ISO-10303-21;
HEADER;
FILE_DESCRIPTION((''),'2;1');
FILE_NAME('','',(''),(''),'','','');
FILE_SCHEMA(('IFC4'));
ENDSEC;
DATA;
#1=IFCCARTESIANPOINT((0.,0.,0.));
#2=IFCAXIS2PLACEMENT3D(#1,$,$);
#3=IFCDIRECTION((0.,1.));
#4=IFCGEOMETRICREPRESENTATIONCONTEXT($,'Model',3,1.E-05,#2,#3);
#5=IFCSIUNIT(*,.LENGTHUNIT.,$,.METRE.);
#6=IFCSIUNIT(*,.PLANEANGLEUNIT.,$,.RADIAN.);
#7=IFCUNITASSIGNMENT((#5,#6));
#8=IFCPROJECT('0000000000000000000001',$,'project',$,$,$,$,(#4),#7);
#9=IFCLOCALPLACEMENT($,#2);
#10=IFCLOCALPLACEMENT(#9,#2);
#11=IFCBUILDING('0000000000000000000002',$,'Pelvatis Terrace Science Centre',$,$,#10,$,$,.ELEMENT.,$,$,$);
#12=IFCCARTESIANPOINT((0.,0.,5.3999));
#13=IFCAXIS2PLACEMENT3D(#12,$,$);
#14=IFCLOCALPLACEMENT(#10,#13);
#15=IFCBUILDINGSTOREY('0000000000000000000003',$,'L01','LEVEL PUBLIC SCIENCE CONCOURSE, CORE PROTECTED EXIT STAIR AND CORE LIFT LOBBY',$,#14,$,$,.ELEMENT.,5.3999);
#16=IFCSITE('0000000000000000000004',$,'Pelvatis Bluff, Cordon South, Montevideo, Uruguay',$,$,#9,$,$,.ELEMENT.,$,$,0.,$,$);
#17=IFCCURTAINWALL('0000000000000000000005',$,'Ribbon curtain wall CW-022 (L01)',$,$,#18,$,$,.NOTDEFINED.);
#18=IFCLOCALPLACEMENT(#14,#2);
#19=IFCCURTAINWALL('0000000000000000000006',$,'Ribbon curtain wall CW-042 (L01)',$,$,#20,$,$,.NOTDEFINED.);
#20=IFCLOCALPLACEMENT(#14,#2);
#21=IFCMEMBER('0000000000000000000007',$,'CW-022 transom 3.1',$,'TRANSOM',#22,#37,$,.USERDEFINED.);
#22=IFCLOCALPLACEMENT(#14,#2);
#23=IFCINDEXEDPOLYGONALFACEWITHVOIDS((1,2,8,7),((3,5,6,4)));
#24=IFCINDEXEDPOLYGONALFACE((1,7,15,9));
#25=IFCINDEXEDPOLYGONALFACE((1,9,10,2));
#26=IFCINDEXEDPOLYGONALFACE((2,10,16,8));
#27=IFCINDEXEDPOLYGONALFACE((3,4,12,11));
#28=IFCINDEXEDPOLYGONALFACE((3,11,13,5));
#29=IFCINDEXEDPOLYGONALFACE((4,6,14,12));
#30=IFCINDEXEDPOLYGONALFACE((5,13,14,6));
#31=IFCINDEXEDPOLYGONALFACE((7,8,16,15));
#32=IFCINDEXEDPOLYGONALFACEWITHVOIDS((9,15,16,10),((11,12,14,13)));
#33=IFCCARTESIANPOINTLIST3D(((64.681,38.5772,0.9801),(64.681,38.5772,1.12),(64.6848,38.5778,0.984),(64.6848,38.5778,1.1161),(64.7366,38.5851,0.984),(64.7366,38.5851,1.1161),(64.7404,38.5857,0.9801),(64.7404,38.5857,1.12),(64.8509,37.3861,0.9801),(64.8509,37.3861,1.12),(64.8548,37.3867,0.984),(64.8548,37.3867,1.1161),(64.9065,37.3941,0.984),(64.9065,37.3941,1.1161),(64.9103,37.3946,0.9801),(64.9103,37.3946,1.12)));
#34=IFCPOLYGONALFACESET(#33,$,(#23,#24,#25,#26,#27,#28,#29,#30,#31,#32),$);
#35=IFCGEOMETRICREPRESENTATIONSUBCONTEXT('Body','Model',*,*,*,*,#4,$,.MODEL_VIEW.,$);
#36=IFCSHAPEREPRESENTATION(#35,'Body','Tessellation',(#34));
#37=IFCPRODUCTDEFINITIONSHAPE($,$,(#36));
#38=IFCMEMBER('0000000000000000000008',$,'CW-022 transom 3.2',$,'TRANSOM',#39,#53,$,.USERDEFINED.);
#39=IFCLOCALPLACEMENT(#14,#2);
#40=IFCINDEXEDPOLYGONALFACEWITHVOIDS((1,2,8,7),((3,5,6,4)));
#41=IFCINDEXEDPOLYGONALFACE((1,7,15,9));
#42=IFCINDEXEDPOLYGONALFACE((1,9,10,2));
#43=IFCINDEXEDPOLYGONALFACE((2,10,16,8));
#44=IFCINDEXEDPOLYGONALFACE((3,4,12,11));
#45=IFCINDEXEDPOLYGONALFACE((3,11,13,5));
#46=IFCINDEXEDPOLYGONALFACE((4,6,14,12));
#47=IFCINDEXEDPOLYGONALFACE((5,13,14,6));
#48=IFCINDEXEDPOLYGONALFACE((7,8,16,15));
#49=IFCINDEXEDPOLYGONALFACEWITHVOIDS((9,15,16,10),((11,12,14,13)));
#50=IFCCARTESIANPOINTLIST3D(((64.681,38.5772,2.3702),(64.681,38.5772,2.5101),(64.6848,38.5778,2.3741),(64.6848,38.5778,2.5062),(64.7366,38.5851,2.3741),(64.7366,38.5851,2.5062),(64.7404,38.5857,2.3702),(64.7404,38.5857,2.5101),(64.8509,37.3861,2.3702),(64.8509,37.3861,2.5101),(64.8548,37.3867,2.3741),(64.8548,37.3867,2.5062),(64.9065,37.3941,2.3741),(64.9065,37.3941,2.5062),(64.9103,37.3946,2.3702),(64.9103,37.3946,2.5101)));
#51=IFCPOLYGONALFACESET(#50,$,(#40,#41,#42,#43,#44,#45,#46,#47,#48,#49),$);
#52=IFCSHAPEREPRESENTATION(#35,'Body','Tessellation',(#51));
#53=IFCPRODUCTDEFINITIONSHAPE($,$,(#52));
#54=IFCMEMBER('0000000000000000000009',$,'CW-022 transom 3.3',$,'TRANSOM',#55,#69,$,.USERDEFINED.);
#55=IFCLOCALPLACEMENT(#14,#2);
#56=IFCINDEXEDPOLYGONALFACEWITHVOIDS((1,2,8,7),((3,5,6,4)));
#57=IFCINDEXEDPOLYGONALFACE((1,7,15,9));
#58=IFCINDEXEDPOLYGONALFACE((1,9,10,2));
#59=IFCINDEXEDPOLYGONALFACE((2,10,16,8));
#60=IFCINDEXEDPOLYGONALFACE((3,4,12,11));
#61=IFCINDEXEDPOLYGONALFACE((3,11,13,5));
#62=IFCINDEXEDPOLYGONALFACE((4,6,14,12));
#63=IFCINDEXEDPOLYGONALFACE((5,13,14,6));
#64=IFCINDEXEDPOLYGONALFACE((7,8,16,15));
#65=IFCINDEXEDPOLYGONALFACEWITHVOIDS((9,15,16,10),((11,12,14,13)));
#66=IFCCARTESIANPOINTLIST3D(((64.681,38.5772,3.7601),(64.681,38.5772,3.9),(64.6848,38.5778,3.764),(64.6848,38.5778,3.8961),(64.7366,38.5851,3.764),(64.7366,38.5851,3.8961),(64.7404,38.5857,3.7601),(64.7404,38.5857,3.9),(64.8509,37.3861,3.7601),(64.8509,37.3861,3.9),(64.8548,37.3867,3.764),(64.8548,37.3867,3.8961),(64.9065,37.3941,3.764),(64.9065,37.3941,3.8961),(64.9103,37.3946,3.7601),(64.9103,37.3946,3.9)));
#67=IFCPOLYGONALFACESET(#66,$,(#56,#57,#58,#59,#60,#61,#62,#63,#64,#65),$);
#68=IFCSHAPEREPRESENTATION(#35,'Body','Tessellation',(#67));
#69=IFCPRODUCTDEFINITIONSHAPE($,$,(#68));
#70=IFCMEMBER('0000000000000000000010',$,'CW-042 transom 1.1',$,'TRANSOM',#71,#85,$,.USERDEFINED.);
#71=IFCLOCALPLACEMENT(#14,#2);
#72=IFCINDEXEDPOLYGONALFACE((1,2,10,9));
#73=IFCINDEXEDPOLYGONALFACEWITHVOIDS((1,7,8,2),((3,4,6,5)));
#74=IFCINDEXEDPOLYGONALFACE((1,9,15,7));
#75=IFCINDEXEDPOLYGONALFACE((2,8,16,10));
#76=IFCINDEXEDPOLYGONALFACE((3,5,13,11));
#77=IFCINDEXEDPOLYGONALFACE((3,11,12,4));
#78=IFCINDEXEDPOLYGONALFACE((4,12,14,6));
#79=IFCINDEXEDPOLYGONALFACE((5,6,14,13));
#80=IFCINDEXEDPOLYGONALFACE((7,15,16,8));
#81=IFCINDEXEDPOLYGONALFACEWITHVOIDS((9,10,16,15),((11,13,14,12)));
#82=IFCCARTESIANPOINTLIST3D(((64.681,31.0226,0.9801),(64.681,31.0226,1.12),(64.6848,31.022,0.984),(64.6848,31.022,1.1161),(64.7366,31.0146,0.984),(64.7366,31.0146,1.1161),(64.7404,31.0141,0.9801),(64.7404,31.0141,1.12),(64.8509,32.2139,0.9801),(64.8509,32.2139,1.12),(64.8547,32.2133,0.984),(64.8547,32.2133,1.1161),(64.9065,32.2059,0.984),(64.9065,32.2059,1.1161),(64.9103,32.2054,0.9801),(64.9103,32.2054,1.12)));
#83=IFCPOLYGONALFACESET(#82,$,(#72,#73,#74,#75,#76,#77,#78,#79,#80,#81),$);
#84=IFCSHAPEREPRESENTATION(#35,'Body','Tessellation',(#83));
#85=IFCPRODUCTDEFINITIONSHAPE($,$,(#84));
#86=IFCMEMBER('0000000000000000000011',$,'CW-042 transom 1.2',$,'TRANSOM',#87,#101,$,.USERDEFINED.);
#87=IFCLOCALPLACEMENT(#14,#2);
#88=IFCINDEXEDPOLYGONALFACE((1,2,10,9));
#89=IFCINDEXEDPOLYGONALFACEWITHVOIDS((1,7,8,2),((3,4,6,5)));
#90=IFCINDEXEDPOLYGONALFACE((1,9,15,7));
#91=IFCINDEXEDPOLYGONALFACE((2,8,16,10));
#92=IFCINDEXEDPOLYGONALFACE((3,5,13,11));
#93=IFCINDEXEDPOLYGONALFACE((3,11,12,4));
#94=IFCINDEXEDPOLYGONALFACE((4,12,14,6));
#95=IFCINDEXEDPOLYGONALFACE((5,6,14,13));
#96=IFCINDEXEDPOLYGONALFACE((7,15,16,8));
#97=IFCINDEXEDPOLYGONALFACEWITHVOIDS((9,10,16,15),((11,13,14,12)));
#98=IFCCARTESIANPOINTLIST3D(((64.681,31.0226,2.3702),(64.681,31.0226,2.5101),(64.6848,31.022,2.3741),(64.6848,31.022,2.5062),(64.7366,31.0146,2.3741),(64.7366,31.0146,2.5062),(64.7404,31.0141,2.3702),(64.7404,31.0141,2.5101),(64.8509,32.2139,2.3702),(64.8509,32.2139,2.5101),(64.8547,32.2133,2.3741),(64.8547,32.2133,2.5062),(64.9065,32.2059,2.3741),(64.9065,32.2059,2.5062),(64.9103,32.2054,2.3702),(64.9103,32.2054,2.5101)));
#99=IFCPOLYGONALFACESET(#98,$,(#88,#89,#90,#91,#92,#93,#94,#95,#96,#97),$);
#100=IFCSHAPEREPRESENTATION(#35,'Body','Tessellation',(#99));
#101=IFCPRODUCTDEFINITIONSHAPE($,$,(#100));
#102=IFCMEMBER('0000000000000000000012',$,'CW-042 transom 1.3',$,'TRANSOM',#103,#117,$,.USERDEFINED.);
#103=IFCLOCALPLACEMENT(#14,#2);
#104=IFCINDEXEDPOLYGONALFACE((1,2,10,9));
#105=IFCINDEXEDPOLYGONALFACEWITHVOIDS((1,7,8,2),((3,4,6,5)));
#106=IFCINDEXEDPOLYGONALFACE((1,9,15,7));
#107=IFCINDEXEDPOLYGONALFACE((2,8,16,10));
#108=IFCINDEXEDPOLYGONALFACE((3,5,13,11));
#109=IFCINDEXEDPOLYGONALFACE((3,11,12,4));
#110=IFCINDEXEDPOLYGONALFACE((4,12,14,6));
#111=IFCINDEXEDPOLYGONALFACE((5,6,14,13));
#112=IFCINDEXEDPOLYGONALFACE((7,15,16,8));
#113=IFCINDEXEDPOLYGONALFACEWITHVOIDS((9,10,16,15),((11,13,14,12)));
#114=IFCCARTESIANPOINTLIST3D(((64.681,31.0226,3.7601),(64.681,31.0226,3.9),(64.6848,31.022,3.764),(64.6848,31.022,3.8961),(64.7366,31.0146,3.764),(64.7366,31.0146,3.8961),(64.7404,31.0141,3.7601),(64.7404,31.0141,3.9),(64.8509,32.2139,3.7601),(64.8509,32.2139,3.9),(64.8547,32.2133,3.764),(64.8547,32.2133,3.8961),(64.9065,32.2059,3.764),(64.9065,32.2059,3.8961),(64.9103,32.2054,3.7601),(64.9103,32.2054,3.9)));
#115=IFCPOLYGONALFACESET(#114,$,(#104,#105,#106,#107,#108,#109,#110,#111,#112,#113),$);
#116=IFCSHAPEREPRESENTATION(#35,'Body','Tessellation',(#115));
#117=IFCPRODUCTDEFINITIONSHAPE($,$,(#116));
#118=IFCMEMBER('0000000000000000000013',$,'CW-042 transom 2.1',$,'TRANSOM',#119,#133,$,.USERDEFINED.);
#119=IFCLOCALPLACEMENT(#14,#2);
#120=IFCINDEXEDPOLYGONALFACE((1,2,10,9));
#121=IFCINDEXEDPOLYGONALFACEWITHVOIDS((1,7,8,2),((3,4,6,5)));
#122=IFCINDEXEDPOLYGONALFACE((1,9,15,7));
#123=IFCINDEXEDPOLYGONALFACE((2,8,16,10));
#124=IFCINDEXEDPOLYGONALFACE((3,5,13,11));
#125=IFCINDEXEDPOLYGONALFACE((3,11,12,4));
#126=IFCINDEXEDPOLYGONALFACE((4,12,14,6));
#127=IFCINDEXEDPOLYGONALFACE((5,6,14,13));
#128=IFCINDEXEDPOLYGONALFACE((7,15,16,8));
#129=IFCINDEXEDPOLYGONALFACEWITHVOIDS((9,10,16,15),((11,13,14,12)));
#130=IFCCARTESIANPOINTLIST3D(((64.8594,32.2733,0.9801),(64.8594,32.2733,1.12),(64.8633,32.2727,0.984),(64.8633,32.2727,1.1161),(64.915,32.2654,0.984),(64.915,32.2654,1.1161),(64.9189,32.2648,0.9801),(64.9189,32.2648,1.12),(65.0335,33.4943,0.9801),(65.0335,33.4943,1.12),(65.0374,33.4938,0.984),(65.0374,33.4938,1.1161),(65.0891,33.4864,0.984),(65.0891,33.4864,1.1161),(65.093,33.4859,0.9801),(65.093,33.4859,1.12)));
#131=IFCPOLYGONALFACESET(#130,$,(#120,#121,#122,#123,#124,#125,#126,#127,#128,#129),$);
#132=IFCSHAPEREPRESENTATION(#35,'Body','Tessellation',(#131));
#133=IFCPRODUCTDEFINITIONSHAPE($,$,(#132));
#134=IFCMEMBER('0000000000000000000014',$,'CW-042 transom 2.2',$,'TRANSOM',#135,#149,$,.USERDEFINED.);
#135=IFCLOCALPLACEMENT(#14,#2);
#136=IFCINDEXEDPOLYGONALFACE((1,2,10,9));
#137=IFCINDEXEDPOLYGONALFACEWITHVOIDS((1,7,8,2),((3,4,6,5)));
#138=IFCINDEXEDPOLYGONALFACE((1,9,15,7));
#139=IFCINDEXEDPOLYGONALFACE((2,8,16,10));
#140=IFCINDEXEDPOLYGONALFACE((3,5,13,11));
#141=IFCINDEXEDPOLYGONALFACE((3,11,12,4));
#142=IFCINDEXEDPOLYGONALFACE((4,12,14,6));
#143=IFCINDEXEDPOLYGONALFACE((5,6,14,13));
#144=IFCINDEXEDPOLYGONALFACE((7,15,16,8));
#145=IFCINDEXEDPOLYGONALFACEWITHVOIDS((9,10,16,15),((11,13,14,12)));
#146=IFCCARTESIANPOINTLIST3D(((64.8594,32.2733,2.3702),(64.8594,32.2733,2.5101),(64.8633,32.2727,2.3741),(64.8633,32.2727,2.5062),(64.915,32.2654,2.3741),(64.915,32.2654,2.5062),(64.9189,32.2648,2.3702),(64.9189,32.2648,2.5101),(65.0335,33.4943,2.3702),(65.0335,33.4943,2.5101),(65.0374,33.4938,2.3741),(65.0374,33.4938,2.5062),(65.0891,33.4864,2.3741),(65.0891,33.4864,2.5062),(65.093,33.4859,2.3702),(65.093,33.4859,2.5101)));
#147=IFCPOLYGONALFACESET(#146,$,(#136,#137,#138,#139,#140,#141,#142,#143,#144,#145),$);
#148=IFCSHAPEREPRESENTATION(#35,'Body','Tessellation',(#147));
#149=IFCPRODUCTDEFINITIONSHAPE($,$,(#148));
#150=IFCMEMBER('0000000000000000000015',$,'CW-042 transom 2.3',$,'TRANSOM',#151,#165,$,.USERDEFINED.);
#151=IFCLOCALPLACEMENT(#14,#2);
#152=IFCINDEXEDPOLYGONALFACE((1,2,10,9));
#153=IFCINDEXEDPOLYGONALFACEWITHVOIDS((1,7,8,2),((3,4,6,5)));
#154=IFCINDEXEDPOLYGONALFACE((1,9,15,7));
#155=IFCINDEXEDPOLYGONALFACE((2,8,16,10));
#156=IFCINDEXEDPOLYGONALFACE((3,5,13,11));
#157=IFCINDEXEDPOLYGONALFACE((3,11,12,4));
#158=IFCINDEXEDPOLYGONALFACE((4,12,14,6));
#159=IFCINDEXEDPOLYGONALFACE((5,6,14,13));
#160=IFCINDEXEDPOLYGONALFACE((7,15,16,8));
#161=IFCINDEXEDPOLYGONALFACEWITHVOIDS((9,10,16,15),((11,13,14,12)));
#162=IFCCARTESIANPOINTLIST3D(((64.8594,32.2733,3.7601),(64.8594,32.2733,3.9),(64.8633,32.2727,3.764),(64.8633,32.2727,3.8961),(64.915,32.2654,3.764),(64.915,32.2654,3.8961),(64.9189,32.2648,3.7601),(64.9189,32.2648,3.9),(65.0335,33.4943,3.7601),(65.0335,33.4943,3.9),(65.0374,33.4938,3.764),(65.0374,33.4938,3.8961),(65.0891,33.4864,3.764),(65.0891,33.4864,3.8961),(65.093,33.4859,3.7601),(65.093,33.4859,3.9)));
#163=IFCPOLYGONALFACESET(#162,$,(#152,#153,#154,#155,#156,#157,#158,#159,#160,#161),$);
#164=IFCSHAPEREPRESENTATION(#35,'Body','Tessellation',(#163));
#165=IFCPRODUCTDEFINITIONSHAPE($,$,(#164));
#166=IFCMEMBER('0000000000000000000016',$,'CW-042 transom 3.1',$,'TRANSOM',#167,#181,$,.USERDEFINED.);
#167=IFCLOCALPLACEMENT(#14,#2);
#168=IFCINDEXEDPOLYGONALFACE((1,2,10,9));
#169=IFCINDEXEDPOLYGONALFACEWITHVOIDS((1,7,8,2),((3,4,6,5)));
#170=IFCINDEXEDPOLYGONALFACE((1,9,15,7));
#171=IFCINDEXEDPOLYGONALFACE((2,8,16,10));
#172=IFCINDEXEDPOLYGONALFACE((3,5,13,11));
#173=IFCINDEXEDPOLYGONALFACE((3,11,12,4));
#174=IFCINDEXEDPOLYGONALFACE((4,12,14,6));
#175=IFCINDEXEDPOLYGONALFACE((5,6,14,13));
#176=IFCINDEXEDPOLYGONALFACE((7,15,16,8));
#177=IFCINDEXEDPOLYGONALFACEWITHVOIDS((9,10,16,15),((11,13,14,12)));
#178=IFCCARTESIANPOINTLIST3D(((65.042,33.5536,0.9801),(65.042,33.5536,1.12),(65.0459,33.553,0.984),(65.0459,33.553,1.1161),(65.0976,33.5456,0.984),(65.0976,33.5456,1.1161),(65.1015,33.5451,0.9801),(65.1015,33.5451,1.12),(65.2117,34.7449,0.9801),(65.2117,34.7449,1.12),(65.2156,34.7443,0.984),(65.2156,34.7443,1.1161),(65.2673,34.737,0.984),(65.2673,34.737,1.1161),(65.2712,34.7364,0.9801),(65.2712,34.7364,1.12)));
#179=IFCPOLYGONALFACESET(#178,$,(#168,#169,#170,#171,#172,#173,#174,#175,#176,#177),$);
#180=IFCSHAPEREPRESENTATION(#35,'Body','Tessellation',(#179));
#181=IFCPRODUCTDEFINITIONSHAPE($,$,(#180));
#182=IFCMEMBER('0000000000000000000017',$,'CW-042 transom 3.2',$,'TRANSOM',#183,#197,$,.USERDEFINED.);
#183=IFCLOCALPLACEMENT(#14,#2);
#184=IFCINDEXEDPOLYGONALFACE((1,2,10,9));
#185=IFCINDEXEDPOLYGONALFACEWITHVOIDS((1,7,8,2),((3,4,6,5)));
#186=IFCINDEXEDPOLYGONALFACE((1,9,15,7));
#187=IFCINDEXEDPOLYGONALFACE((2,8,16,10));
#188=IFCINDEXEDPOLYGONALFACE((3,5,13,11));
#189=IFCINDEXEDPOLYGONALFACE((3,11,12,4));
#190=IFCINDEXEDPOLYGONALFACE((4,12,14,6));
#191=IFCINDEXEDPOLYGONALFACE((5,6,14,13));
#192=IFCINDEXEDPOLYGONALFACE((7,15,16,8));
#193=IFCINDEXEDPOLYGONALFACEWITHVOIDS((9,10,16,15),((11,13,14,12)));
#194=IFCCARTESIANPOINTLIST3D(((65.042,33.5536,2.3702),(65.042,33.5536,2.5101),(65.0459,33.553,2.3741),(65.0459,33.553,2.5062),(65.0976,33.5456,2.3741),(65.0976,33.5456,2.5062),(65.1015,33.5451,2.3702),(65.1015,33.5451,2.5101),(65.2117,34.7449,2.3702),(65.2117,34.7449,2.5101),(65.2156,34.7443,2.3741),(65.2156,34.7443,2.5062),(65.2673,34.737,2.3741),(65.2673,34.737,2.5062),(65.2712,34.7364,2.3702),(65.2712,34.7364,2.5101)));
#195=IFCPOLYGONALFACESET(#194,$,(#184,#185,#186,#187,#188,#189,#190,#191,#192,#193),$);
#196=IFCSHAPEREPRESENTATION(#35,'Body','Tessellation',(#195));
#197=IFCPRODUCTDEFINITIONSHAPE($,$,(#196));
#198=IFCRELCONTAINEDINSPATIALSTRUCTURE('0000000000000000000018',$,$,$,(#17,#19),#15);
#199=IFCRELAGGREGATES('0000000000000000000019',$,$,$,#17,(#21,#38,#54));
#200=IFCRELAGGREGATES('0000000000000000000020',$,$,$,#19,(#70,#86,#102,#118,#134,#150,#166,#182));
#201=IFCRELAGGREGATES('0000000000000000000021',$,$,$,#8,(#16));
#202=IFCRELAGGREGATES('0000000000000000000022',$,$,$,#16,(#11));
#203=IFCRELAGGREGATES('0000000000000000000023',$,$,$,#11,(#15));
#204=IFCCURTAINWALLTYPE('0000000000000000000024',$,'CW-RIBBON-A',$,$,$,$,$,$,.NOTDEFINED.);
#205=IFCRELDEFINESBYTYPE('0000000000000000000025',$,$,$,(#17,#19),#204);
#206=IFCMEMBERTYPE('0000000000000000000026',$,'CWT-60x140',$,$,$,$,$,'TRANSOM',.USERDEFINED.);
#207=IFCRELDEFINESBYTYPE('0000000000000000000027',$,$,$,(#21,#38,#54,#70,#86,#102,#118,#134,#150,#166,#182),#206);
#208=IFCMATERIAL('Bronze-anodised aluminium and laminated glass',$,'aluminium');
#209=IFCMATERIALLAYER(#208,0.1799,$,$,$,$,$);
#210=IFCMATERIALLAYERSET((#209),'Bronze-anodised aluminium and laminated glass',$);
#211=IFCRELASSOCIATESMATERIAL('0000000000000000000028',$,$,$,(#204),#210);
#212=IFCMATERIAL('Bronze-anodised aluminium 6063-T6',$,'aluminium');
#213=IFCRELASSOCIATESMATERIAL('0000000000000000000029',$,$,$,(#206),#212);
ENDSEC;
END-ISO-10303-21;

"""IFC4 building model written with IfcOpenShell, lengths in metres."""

from ifc_helpers import new_model, si_unit, direction, frame, origin, origin_2d, place, context, subcontext, project, spatial, hollow_rectangle, extrude, material, layer, layer_set, material_profile, profile_set, type_object, element, aggregate, save


model = new_model("IFC4")

# Units and contexts
model_context = context("Model", 3, precision=1e-05, world=origin(), true_north=direction((0.0, 1.0)))
body_context = subcontext(model_context, "Body", "Model", "MODEL_VIEW")
ifc_project = project(units=[si_unit("LENGTHUNIT", "METRE"), si_unit("PLANEANGLEUNIT", "RADIAN")], contexts=[model_context])

# Site, building, storey
site_placement = place(None, origin())
site = spatial("IfcSite", under=ifc_project, at=site_placement, Name="Pelvatis Bluff, Cordon South, Montevideo, Uruguay", CompositionType="ELEMENT", RefElevation=0.0)
building_placement = place(site_placement, origin())
building = spatial("IfcBuilding", under=site, at=building_placement, Name="Pelvatis Terrace Science Centre", CompositionType="ELEMENT")
storey_placement = place(building_placement, frame((0.0, 0.0, 5.3999)))
storey = spatial("IfcBuildingStorey", under=building, at=storey_placement, Name="L01", Description="LEVEL PUBLIC SCIENCE CONCOURSE, CORE PROTECTED EXIT STAIR AND CORE LIFT LOBBY", CompositionType="ELEMENT", Elevation=5.3999)

# Curtain walls
ifc_material_1 = material(Name="Bronze-anodised aluminium and laminated glass", Category="aluminium")
ifc_layer_1 = layer(ifc_material_1, 0.1799)
ifc_layer_set_1 = layer_set([ifc_layer_1], Name="Bronze-anodised aluminium and laminated glass")
curtain_wall_type = type_object("IfcCurtainWallType", Name="CW-RIBBON-A", PredefinedType="NOTDEFINED", material=ifc_layer_set_1)
curtain_wall_1_placement = place(storey_placement, origin())
curtain_wall_1 = element("IfcCurtainWall", 1, at=curtain_wall_1_placement, inside=storey, type_object=curtain_wall_type, Name="Ribbon curtain wall CW-022 (L01)", PredefinedType="NOTDEFINED")
curtain_wall_2_placement = place(storey_placement, origin())
curtain_wall_2 = element("IfcCurtainWall", 2, at=curtain_wall_2_placement, inside=storey, type_object=curtain_wall_type, Name="Ribbon curtain wall CW-042 (L01)", PredefinedType="NOTDEFINED")

# Members
ifc_material_2 = material(Name="Bronze-anodised aluminium 6063-T6", Category="aluminium")
ifc_material_profile_1 = material_profile(ifc_material_2, hollow_rectangle(XDim=0.0601, YDim=0.1399, WallThickness=0.0039, at=origin_2d()), Name="ALU-TRN 60x140")
ifc_profile_set_1 = profile_set([ifc_material_profile_1], Name="Bronze-anodised aluminium 6063-T6")
member_type_1 = type_object("IfcMemberType", Name="CWT-60x140", ElementType="TRANSOM", PredefinedType="USERDEFINED", material=ifc_profile_set_1)
member_1_placement = place(storey_placement, frame((64.8806, 37.3904, 1.05), z_axis=(-0.141223, 0.989978, 0.0), x_axis=(-0.989978, -0.141223, 0.0)))
member_1 = element("IfcMember", 3, at=member_1_placement, type_object=member_type_1, Name="CW-022 transom 3.1", ObjectType="TRANSOM", PredefinedType="USERDEFINED", context=body_context, shape_type="SweptSolid", body=[
    extrude(hollow_rectangle(XDim=0.0601, YDim=0.1399, WallThickness=0.0039, at=origin_2d()), origin(), (0.0, 0.0, 1.0), 1.2031),
])
member_2_placement = place(storey_placement, frame((64.8806, 37.3904, 2.4402), z_axis=(-0.141223, 0.989978, 0.0), x_axis=(-0.989978, -0.141223, 0.0)))
member_2 = element("IfcMember", 4, at=member_2_placement, type_object=member_type_1, Name="CW-022 transom 3.2", ObjectType="TRANSOM", PredefinedType="USERDEFINED", context=body_context, shape_type="SweptSolid", body=[
    extrude(hollow_rectangle(XDim=0.0601, YDim=0.1399, WallThickness=0.0039, at=origin_2d()), origin(), (0.0, 0.0, 1.0), 1.2031),
])
member_3_placement = place(storey_placement, frame((64.8806, 37.3904, 3.8301), z_axis=(-0.141223, 0.989978, 0.0), x_axis=(-0.989978, -0.141223, 0.0)))
member_3 = element("IfcMember", 5, at=member_3_placement, type_object=member_type_1, Name="CW-022 transom 3.3", ObjectType="TRANSOM", PredefinedType="USERDEFINED", context=body_context, shape_type="SweptSolid", body=[
    extrude(hollow_rectangle(XDim=0.0601, YDim=0.1399, WallThickness=0.0039, at=origin_2d()), origin(), (0.0, 0.0, 1.0), 1.2031),
])
member_4_placement = place(storey_placement, frame((64.7107, 31.0183, 1.05), z_axis=(0.141194, 0.989982, 0.0), x_axis=(-0.989982, 0.141194, 0.0)))
member_4 = element("IfcMember", 6, at=member_4_placement, type_object=member_type_1, Name="CW-042 transom 1.1", ObjectType="TRANSOM", PredefinedType="USERDEFINED", context=body_context, shape_type="SweptSolid", body=[
    extrude(hollow_rectangle(XDim=0.0601, YDim=0.1399, WallThickness=0.0039, at=origin_2d()), origin(), (0.0, 0.0, 1.0), 1.2034),
])
member_5_placement = place(storey_placement, frame((64.7107, 31.0183, 2.4402), z_axis=(0.141194, 0.989982, 0.0), x_axis=(-0.989982, 0.141194, 0.0)))
member_5 = element("IfcMember", 7, at=member_5_placement, type_object=member_type_1, Name="CW-042 transom 1.2", ObjectType="TRANSOM", PredefinedType="USERDEFINED", context=body_context, shape_type="SweptSolid", body=[
    extrude(hollow_rectangle(XDim=0.0601, YDim=0.1399, WallThickness=0.0039, at=origin_2d()), origin(), (0.0, 0.0, 1.0), 1.2034),
])
member_6_placement = place(storey_placement, frame((64.7107, 31.0183, 3.8301), z_axis=(0.141194, 0.989982, 0.0), x_axis=(-0.989982, 0.141194, 0.0)))
member_6 = element("IfcMember", 8, at=member_6_placement, type_object=member_type_1, Name="CW-042 transom 1.3", ObjectType="TRANSOM", PredefinedType="USERDEFINED", context=body_context, shape_type="SweptSolid", body=[
    extrude(hollow_rectangle(XDim=0.0601, YDim=0.1399, WallThickness=0.0039, at=origin_2d()), origin(), (0.0, 0.0, 1.0), 1.2034),
])
member_7_placement = place(storey_placement, frame((64.8892, 32.269, 1.05), z_axis=(0.141144, 0.989989, 0.0), x_axis=(-0.989989, 0.141144, 0.0)))
member_7 = element("IfcMember", 9, at=member_7_placement, type_object=member_type_1, Name="CW-042 transom 2.1", ObjectType="TRANSOM", PredefinedType="USERDEFINED", context=body_context, shape_type="SweptSolid", body=[
    extrude(hollow_rectangle(XDim=0.0601, YDim=0.1399, WallThickness=0.0039, at=origin_2d()), origin(), (0.0, 0.0, 1.0), 1.2334),
])
member_8_placement = place(storey_placement, frame((64.8892, 32.269, 2.4402), z_axis=(0.141144, 0.989989, 0.0), x_axis=(-0.989989, 0.141144, 0.0)))
member_8 = element("IfcMember", 10, at=member_8_placement, type_object=member_type_1, Name="CW-042 transom 2.2", ObjectType="TRANSOM", PredefinedType="USERDEFINED", context=body_context, shape_type="SweptSolid", body=[
    extrude(hollow_rectangle(XDim=0.0601, YDim=0.1399, WallThickness=0.0039, at=origin_2d()), origin(), (0.0, 0.0, 1.0), 1.2334),
])
member_9_placement = place(storey_placement, frame((64.8892, 32.269, 3.8301), z_axis=(0.141144, 0.989989, 0.0), x_axis=(-0.989989, 0.141144, 0.0)))
member_9 = element("IfcMember", 11, at=member_9_placement, type_object=member_type_1, Name="CW-042 transom 2.3", ObjectType="TRANSOM", PredefinedType="USERDEFINED", context=body_context, shape_type="SweptSolid", body=[
    extrude(hollow_rectangle(XDim=0.0601, YDim=0.1399, WallThickness=0.0039, at=origin_2d()), origin(), (0.0, 0.0, 1.0), 1.2334),
])
member_10_placement = place(storey_placement, frame((65.0718, 33.5493, 1.05), z_axis=(0.140995, 0.99001, 0.0), x_axis=(-0.99001, 0.140995, 0.0)))
member_10 = element("IfcMember", 12, at=member_10_placement, type_object=member_type_1, Name="CW-042 transom 3.1", ObjectType="TRANSOM", PredefinedType="USERDEFINED", context=body_context, shape_type="SweptSolid", body=[
    extrude(hollow_rectangle(XDim=0.0601, YDim=0.1399, WallThickness=0.0039, at=origin_2d()), origin(), (0.0, 0.0, 1.0), 1.2034),
])
member_11_placement = place(storey_placement, frame((65.0718, 33.5493, 2.4402), z_axis=(0.140995, 0.99001, 0.0), x_axis=(-0.99001, 0.140995, 0.0)))
member_11 = element("IfcMember", 13, at=member_11_placement, type_object=member_type_1, Name="CW-042 transom 3.2", ObjectType="TRANSOM", PredefinedType="USERDEFINED", context=body_context, shape_type="SweptSolid", body=[
    extrude(hollow_rectangle(XDim=0.0601, YDim=0.1399, WallThickness=0.0039, at=origin_2d()), origin(), (0.0, 0.0, 1.0), 1.2034),
])

aggregate(curtain_wall_1, [member_1, member_2, member_3])
aggregate(curtain_wall_2, [member_4, member_5, member_6, member_7, member_8, member_9, member_10, member_11])

save(model, "model.ifc")
